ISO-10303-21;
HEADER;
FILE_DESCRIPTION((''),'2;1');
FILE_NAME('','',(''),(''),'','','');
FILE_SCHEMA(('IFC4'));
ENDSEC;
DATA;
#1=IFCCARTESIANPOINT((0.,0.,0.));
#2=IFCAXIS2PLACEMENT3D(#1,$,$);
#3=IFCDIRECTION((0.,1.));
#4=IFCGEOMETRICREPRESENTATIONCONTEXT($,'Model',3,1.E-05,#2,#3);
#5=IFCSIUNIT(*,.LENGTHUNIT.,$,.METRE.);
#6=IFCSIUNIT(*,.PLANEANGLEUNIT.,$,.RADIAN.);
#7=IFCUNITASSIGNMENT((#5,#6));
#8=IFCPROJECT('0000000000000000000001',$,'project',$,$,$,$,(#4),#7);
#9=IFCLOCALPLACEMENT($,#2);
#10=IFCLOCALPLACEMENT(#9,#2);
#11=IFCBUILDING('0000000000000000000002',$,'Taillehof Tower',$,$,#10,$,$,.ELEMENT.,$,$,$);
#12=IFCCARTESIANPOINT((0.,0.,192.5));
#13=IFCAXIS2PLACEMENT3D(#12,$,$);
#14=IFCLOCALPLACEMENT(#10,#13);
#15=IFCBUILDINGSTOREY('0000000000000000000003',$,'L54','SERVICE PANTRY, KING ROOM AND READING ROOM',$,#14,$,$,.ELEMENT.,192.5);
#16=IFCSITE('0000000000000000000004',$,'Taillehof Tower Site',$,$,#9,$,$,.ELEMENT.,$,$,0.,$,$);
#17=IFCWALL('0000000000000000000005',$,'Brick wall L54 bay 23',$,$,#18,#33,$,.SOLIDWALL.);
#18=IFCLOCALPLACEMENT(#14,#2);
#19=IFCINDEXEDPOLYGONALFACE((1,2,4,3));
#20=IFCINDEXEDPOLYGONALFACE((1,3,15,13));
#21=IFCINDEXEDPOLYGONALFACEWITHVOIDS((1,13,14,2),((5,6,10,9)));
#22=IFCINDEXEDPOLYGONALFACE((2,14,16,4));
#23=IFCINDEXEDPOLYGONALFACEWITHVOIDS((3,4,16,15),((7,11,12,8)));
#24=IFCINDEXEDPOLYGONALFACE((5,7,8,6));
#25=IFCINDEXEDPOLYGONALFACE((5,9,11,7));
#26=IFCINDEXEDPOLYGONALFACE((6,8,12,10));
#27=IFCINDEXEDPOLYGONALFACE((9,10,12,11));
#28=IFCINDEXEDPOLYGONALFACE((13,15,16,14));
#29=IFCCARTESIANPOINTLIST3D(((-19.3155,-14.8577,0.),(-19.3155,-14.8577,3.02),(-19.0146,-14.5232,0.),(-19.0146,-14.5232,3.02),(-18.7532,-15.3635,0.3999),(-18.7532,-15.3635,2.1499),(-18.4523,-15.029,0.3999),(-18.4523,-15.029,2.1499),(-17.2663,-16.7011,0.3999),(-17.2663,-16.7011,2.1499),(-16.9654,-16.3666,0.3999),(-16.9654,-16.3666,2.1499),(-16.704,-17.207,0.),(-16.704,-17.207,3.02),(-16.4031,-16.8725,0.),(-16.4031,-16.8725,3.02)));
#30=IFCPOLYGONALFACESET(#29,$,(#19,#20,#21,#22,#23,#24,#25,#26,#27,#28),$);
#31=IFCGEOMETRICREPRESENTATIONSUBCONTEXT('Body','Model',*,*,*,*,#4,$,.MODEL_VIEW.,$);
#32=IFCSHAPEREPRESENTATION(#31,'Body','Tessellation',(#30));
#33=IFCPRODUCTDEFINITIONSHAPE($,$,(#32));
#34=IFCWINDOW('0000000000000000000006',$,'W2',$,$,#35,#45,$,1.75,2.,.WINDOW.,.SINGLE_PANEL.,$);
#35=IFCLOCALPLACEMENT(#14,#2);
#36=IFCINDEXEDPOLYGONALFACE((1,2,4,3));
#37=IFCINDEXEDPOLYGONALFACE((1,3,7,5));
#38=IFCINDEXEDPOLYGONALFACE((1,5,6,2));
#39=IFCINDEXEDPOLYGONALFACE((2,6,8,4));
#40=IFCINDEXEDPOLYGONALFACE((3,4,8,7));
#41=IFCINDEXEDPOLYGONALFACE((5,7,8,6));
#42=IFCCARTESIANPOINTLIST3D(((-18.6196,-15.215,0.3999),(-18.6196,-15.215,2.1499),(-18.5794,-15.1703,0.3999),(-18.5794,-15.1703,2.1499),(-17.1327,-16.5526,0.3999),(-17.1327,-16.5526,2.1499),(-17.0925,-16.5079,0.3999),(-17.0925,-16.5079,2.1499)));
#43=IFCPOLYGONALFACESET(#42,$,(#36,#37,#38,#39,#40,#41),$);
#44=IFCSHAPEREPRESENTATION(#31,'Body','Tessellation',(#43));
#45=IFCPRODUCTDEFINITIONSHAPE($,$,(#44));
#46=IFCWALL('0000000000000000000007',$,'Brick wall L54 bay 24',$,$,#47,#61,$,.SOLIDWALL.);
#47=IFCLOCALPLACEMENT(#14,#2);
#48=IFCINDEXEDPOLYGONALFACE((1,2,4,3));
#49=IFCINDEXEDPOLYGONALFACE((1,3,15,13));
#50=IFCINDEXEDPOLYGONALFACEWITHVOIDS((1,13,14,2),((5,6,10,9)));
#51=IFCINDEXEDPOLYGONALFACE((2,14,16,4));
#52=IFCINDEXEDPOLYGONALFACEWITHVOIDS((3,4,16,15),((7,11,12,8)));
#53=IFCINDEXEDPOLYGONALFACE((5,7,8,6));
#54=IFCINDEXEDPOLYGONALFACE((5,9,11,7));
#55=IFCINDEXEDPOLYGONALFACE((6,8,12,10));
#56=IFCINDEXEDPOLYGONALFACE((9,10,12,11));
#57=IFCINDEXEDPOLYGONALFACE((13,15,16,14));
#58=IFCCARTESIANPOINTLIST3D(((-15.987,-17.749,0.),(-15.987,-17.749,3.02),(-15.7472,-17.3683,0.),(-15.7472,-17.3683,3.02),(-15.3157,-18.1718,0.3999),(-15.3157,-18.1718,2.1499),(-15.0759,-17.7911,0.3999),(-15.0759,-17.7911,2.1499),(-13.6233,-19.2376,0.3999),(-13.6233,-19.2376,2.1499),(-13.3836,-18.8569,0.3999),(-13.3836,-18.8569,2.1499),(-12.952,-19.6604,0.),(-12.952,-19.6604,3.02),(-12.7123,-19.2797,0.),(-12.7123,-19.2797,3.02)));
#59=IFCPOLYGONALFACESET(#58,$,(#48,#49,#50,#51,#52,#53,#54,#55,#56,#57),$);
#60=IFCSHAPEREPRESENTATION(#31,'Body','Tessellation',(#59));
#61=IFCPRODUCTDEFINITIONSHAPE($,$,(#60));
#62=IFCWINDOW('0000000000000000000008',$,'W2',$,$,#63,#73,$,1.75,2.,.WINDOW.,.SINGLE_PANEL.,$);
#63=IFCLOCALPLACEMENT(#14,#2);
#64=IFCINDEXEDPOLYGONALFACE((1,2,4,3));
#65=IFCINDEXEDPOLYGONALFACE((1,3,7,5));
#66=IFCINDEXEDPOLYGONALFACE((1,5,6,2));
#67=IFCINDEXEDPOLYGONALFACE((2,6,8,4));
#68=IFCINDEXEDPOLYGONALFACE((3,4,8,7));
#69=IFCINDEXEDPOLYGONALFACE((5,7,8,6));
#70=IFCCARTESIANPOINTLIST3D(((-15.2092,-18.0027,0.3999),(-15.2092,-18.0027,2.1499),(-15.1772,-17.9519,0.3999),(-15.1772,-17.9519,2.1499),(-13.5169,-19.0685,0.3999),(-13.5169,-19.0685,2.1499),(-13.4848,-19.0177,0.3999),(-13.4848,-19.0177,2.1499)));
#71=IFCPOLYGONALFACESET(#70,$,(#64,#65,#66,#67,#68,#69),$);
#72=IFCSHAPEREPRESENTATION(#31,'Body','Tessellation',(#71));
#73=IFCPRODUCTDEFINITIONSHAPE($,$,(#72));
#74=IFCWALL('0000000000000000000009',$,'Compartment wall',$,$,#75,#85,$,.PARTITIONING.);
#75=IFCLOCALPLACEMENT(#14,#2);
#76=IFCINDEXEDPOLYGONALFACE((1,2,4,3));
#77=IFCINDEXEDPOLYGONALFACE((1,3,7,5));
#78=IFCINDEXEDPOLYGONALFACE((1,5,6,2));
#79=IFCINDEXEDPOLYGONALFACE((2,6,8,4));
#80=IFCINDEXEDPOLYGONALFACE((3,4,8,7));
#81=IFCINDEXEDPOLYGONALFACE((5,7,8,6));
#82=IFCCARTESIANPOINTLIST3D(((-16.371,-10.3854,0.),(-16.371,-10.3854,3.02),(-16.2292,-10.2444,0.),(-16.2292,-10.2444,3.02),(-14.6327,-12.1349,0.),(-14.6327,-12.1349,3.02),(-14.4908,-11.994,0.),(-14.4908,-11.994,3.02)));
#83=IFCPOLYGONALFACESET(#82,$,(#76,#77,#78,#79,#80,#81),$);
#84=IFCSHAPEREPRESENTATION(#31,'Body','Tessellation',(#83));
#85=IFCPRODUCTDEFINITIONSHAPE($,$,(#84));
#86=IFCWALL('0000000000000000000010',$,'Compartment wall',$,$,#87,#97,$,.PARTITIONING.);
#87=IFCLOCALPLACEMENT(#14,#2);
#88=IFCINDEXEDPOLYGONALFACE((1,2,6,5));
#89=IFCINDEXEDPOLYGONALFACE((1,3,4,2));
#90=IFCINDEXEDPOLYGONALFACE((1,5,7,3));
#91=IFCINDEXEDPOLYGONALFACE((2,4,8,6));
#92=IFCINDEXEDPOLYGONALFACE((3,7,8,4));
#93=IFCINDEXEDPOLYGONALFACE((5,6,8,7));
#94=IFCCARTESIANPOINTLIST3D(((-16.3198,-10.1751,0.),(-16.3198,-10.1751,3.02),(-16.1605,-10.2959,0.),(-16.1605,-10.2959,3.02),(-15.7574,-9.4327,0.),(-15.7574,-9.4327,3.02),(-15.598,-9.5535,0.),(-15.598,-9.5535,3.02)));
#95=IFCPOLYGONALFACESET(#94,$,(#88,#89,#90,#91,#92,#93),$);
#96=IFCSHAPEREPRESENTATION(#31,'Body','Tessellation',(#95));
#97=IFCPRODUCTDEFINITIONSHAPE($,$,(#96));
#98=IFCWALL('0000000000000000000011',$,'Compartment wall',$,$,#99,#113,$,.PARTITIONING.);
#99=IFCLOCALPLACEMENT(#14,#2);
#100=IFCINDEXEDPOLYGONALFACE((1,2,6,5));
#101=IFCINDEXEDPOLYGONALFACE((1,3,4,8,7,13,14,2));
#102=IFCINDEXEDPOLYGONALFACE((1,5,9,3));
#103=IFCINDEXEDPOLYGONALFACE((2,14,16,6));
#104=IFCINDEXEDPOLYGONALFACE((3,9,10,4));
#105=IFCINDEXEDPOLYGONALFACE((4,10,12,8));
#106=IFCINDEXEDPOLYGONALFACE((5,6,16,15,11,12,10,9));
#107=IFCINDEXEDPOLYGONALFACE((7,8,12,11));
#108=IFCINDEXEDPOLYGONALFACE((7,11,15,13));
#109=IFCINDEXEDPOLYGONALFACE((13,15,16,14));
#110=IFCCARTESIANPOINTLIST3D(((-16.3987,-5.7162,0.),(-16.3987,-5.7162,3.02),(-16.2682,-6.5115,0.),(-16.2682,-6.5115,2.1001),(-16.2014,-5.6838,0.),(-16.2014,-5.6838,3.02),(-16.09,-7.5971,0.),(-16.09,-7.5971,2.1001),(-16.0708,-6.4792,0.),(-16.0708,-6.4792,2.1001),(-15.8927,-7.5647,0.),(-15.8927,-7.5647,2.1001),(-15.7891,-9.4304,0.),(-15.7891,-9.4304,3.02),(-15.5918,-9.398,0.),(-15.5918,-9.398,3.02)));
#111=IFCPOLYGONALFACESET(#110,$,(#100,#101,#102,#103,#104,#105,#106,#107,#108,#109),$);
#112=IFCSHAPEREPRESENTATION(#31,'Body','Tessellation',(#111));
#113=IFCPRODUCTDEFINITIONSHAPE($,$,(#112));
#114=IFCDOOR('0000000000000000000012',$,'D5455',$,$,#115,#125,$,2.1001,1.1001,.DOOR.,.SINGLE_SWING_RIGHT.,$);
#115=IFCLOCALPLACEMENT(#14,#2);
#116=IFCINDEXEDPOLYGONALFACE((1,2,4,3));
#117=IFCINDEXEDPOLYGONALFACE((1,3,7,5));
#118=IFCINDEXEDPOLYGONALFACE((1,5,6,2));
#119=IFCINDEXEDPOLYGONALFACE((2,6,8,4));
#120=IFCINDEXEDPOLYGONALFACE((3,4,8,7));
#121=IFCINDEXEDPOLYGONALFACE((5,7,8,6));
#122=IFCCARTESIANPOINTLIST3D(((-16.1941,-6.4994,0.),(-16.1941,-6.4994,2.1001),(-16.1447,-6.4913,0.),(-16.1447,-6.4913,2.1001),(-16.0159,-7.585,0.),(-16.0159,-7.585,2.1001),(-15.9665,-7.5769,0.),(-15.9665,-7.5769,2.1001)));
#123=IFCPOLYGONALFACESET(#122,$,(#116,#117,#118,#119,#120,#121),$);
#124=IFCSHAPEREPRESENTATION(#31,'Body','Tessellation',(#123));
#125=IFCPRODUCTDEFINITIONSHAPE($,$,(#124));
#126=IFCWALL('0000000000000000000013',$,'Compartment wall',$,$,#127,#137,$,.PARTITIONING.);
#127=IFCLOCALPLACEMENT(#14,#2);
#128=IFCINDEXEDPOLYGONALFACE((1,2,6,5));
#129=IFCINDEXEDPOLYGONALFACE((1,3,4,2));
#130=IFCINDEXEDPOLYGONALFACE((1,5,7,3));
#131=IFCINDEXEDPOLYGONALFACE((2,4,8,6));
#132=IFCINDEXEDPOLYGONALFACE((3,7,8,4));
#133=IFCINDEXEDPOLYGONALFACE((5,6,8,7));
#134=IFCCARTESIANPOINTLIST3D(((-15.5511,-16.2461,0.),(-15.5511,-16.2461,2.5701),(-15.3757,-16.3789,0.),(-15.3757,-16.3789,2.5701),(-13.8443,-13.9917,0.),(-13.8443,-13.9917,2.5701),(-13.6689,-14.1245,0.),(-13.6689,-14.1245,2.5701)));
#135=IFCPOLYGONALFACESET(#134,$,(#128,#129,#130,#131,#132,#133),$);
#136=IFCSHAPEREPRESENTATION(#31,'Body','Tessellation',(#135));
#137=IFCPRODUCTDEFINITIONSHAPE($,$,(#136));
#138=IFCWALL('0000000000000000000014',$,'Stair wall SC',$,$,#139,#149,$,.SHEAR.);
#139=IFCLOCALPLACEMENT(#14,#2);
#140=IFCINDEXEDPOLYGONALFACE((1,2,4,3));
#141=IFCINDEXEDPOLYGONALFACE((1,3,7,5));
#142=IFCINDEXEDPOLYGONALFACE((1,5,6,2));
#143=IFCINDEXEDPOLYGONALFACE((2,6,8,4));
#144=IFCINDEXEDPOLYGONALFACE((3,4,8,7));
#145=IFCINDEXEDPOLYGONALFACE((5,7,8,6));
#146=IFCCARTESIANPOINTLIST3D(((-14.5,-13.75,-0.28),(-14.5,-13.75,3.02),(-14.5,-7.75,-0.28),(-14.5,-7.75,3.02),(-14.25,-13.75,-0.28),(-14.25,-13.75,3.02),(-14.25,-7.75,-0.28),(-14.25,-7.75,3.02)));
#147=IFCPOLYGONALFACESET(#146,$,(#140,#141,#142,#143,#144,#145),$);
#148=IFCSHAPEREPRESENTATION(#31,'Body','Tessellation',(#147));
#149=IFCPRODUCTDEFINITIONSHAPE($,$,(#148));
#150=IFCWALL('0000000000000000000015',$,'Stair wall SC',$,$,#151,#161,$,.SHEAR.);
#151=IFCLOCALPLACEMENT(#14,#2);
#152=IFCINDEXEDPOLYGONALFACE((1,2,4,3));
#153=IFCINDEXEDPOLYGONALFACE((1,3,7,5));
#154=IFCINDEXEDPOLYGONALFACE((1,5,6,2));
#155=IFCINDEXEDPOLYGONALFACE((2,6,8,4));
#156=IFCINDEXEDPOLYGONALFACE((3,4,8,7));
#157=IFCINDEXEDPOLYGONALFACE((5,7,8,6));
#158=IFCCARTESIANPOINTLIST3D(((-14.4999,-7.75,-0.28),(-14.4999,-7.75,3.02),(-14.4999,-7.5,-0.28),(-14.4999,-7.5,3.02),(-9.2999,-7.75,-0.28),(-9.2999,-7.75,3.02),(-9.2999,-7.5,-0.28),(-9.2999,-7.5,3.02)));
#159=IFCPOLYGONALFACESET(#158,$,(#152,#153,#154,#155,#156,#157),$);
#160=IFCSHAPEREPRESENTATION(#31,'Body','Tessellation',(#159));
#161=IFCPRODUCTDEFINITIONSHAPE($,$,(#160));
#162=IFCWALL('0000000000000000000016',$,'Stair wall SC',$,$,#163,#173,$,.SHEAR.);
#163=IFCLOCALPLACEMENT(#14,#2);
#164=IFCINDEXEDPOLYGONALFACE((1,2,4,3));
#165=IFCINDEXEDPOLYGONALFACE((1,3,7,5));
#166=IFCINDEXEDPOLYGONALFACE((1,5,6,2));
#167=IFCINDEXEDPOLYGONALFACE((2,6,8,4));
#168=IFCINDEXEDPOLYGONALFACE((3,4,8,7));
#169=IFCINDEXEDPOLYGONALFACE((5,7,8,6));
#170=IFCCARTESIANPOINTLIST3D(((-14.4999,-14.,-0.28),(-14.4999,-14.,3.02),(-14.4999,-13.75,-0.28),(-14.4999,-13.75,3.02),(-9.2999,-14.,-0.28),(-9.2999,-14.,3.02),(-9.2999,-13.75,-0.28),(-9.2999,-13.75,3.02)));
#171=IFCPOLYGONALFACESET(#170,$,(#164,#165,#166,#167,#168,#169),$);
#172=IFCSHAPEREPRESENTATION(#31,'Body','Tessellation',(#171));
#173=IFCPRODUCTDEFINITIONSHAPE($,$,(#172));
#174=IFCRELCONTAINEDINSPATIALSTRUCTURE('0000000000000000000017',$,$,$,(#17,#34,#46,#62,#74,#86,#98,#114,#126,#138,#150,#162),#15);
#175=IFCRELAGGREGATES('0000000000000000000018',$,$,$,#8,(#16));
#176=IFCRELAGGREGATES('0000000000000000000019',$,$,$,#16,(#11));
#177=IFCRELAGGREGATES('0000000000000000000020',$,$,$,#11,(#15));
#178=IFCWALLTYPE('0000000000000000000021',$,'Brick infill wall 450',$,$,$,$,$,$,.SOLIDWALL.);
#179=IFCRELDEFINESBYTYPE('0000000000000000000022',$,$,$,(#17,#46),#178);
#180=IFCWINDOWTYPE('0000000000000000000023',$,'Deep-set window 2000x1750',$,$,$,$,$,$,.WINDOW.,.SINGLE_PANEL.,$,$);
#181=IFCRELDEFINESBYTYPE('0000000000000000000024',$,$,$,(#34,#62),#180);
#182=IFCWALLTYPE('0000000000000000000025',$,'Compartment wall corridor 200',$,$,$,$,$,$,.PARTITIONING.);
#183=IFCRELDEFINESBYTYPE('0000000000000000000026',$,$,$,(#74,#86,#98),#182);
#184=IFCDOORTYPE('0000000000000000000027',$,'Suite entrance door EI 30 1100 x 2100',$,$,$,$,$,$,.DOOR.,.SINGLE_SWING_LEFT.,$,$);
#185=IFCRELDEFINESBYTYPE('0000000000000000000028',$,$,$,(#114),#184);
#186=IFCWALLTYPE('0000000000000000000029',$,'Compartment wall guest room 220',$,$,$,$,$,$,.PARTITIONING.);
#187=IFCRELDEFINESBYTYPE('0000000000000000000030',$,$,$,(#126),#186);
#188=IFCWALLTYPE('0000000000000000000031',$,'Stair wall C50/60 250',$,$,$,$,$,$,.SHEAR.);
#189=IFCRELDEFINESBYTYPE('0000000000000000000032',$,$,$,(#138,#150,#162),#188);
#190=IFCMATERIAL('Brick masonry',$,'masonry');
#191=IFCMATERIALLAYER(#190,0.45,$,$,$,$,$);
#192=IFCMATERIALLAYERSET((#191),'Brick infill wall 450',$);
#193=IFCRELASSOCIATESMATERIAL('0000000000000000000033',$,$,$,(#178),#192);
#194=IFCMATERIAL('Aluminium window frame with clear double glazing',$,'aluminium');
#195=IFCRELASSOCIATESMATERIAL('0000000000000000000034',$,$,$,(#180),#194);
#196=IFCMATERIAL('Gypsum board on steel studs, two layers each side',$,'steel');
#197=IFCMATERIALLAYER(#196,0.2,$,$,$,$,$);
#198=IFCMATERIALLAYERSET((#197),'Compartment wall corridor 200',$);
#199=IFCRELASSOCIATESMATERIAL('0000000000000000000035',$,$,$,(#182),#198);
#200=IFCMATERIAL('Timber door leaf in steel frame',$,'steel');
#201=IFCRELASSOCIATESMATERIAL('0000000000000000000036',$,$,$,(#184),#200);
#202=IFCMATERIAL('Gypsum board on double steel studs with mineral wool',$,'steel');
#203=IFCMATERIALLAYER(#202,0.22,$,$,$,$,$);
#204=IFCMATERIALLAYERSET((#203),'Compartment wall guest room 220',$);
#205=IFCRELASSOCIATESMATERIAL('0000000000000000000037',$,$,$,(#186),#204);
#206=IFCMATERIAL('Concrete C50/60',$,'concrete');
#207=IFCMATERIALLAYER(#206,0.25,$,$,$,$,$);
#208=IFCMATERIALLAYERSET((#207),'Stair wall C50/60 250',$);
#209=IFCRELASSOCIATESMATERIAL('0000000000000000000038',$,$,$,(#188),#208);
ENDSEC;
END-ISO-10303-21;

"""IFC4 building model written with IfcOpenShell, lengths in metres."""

from ifc_helpers import new_model, si_unit, direction, frame, frame_2d, origin, place, context, subcontext, project, spatial, rectangle, extrude, material, layer, layer_set, type_object, element, fill, save


model = new_model("IFC4")

# Units and contexts
model_context = context("Model", 3, precision=1e-05, world=origin(), true_north=direction((0.0, 1.0)))
body_context = subcontext(model_context, "Body", "Model", "MODEL_VIEW")
ifc_project = project(units=[si_unit("LENGTHUNIT", "METRE"), si_unit("PLANEANGLEUNIT", "RADIAN")], contexts=[model_context])

# Site, building, storey
site_placement = place(None, origin())
site = spatial("IfcSite", under=ifc_project, at=site_placement, Name="Taillehof Tower Site", CompositionType="ELEMENT", RefElevation=0.0)
building_placement = place(site_placement, origin())
building = spatial("IfcBuilding", under=site, at=building_placement, Name="Taillehof Tower", CompositionType="ELEMENT")
storey_placement = place(building_placement, frame((0.0, 0.0, 192.5)))
storey = spatial("IfcBuildingStorey", under=building, at=storey_placement, Name="L54", Description="SERVICE PANTRY, KING ROOM AND READING ROOM", CompositionType="ELEMENT", Elevation=192.5)

# Walls, openings, windows
ifc_material_1 = material(Name="Brick masonry", Category="masonry")
ifc_layer_1 = layer(ifc_material_1, 0.45)
ifc_layer_set_1 = layer_set([ifc_layer_1], Name="Brick infill wall 450")
wall_type_1 = type_object("IfcWallType", Name="Brick infill wall 450", PredefinedType="SOLIDWALL", material=ifc_layer_set_1)
ifc_material_2 = material(Name="Aluminium window frame with clear double glazing", Category="aluminium")
window_type = type_object("IfcWindowType", Name="Deep-set window 2000x1750", PartitioningType="SINGLE_PANEL", PredefinedType="WINDOW", material=ifc_material_2)
wall_1_placement = place(storey_placement, frame((-19.165, -14.6904, 0.0), z_axis=(0.0, 0.0, 1.0), x_axis=(0.743443, -0.6688, 0.0)))
wall_1 = element("IfcWall", 1, at=wall_1_placement, inside=storey, type_object=wall_type_1, Name="Brick wall L54 bay 23", PredefinedType="SOLIDWALL", context=body_context, shape_type="SweptSolid", body=[
    extrude(rectangle(XDim=3.5127, YDim=0.45, at=frame_2d((1.7563, 0.0))), origin(), (0.0, 0.0, 1.0), 3.02),
])
opening_1_placement = place(wall_1_placement, frame((0.7563, 0.0, 0.3999)))
opening_1 = element("IfcOpeningElement", 2, at=opening_1_placement, cuts=wall_1, PredefinedType="OPENING", context=body_context, shape_type="SweptSolid", body=[
    extrude(rectangle(XDim=2.0, YDim=1.75, at=frame_2d((1.0, 0.875))), frame((0.0, 0.2349, 0.0), z_axis=(0.0, -1.0, 0.0), x_axis=(1.0, 0.0, 0.0)), (0.0, 0.0, 1.0), 0.47),
])
window_1_placement = place(opening_1_placement, origin())
window_1 = element("IfcWindow", 3, at=window_1_placement, inside=storey, type_object=window_type, Name="W2", OverallHeight=1.75, OverallWidth=2.0, PartitioningType="SINGLE_PANEL", PredefinedType="WINDOW", context=body_context, shape_type="SweptSolid", body=[
    extrude(rectangle(XDim=2.0, YDim=1.75, at=frame_2d((1.0, 0.875))), frame((0.0, 0.0349, 0.0), z_axis=(0.0, -1.0, 0.0), x_axis=(1.0, 0.0, 0.0)), (0.0, 0.0, 1.0), 0.0601),
])
fill(opening_1, window_1)
wall_2_placement = place(storey_placement, frame((-15.8672, -17.5586, 0.0), z_axis=(0.0, 0.0, 1.0), x_axis=(0.846169, -0.532914, 0.0)))
wall_2 = element("IfcWall", 4, at=wall_2_placement, inside=storey, type_object=wall_type_1, Name="Brick wall L54 bay 24", PredefinedType="SOLIDWALL", context=body_context, shape_type="SweptSolid", body=[
    extrude(rectangle(XDim=3.5867, YDim=0.45, at=frame_2d((1.7935, 0.0))), origin(), (0.0, 0.0, 1.0), 3.02),
])
opening_2_placement = place(wall_2_placement, frame((0.7935, 0.0, 0.3999)))
opening_2 = element("IfcOpeningElement", 5, at=opening_2_placement, cuts=wall_2, PredefinedType="OPENING", context=body_context, shape_type="SweptSolid", body=[
    extrude(rectangle(XDim=2.0, YDim=1.75, at=frame_2d((1.0, 0.875))), frame((0.0, 0.2349, 0.0), z_axis=(0.0, -1.0, 0.0), x_axis=(1.0, 0.0, 0.0)), (0.0, 0.0, 1.0), 0.47),
])
window_2_placement = place(opening_2_placement, origin())
window_2 = element("IfcWindow", 6, at=window_2_placement, inside=storey, type_object=window_type, Name="W2", OverallHeight=1.75, OverallWidth=2.0, PartitioningType="SINGLE_PANEL", PredefinedType="WINDOW", context=body_context, shape_type="SweptSolid", body=[
    extrude(rectangle(XDim=2.0, YDim=1.75, at=frame_2d((1.0, 0.875))), frame((0.0, 0.0349, 0.0), z_axis=(0.0, -1.0, 0.0), x_axis=(1.0, 0.0, 0.0)), (0.0, 0.0, 1.0), 0.0601),
])
fill(opening_2, window_2)

# Walls
ifc_material_3 = material(Name="Gypsum board on steel studs, two layers each side", Category="steel")
ifc_layer_2 = layer(ifc_material_3, 0.2)
ifc_layer_set_2 = layer_set([ifc_layer_2], Name="Compartment wall corridor 200")
wall_type_2 = type_object("IfcWallType", Name="Compartment wall corridor 200", PredefinedType="PARTITIONING", material=ifc_layer_set_2)
wall_3_placement = place(storey_placement, frame((-14.5618, -12.0645, 0.0), z_axis=(0.0, 0.0, 1.0), x_axis=(-0.704826, 0.70938, 0.0)))
element("IfcWall", 7, at=wall_3_placement, inside=storey, type_object=wall_type_2, Name="Compartment wall", PredefinedType="PARTITIONING", context=body_context, shape_type="SweptSolid", body=[
    extrude(rectangle(XDim=2.4663, YDim=0.2, at=frame_2d((1.2332, 0.0))), origin(), (0.0, 0.0, 1.0), 3.02),
])
wall_4_placement = place(storey_placement, frame((-16.2402, -10.2356, 0.0), z_axis=(0.0, 0.0, 1.0), x_axis=(0.603893, 0.797065, 0.0)))
element("IfcWall", 8, at=wall_4_placement, inside=storey, type_object=wall_type_2, Name="Compartment wall", PredefinedType="PARTITIONING", context=body_context, shape_type="SweptSolid", body=[
    extrude(rectangle(XDim=0.9314, YDim=0.2, at=frame_2d((0.4658, 0.0))), origin(), (0.0, 0.0, 1.0), 3.02),
])

# Wall, opening, door
wall_5_placement = place(storey_placement, frame((-15.6904, -9.4141, 0.0), z_axis=(0.0, 0.0, 1.0), x_axis=(-0.161969, 0.986796, 0.0)))
wall_5 = element("IfcWall", 9, at=wall_5_placement, inside=storey, type_object=wall_type_2, Name="Compartment wall", PredefinedType="PARTITIONING", context=body_context, shape_type="SweptSolid", body=[
    extrude(rectangle(XDim=3.7639, YDim=0.2, at=frame_2d((1.8818, 0.0))), origin(), (0.0, 0.0, 1.0), 3.02),
])
opening_3_placement = place(wall_5_placement, frame((1.8577, 0.0, 0.0)))
opening_3 = element("IfcOpeningElement", 10, at=opening_3_placement, cuts=wall_5, PredefinedType="OPENING", context=body_context, shape_type="SweptSolid", body=[
    extrude(rectangle(XDim=1.1001, YDim=2.1001, at=frame_2d((0.55, 1.05))), frame((0.0, 0.1099, 0.0), z_axis=(0.0, -1.0, 0.0), x_axis=(1.0, 0.0, 0.0)), (0.0, 0.0, 1.0), 0.22),
])
ifc_material_4 = material(Name="Timber door leaf in steel frame", Category="steel")
door_type = type_object("IfcDoorType", Name="Suite entrance door EI 30 1100 x 2100", OperationType="SINGLE_SWING_LEFT", PredefinedType="DOOR", material=ifc_material_4)
door_placement = place(opening_3_placement, origin())
door = element("IfcDoor", 11, at=door_placement, inside=storey, type_object=door_type, Name="D5455", OperationType="SINGLE_SWING_RIGHT", OverallHeight=2.1001, OverallWidth=1.1001, PredefinedType="DOOR", context=body_context, shape_type="SweptSolid", body=[
    extrude(rectangle(XDim=1.1001, YDim=2.1001, at=frame_2d((0.55, 1.05))), frame((0.0, 0.0249, 0.0), z_axis=(0.0, -1.0, 0.0), x_axis=(1.0, 0.0, 0.0)), (0.0, 0.0, 1.0), 0.05),
])
fill(opening_3, door)

# Walls
ifc_material_5 = material(Name="Gypsum board on double steel studs with mineral wool", Category="steel")
ifc_layer_3 = layer(ifc_material_5, 0.22)
ifc_layer_set_3 = layer_set([ifc_layer_3], Name="Compartment wall guest room 220")
wall_type_3 = type_object("IfcWallType", Name="Compartment wall guest room 220", PredefinedType="PARTITIONING", material=ifc_layer_set_3)
wall_6_placement = place(storey_placement, frame((-15.4634, -16.3125, 0.0), z_axis=(0.0, 0.0, 1.0), x_axis=(0.603613, 0.797277, 0.0)))
element("IfcWall", 12, at=wall_6_placement, inside=storey, type_object=wall_type_3, Name="Compartment wall", PredefinedType="PARTITIONING", context=body_context, shape_type="SweptSolid", body=[
    extrude(rectangle(XDim=2.8276, YDim=0.22, at=frame_2d((1.4138, 0.0))), origin(), (0.0, 0.0, 1.0), 2.5701),
])
ifc_material_6 = material(Name="Concrete C50/60", Category="concrete")
ifc_layer_4 = layer(ifc_material_6, 0.25)
ifc_layer_set_4 = layer_set([ifc_layer_4], Name="Stair wall C50/60 250")
wall_type_4 = type_object("IfcWallType", Name="Stair wall C50/60 250", PredefinedType="SHEAR", material=ifc_layer_set_4)
wall_7_placement = place(storey_placement, frame((-14.375, -13.75, -0.28), z_axis=(0.0, 0.0, 1.0), x_axis=(0.0, 1.0, 0.0)))
element("IfcWall", 13, at=wall_7_placement, inside=storey, type_object=wall_type_4, Name="Stair wall SC", PredefinedType="SHEAR", context=body_context, shape_type="SweptSolid", body=[
    extrude(rectangle(XDim=6.0, YDim=0.25, at=frame_2d((3.0, 0.0))), origin(), (0.0, 0.0, 1.0), 3.3),
])
for number, where, z_axis, x_axis, name in (
    (14, (-14.5, -7.625, -0.28), (0.0, 0.0, 1.0), (1.0, 0.0, 0.0), "Stair wall SC"),
    (15, (-14.5, -13.875, -0.28), (0.0, 0.0, 1.0), (1.0, 0.0, 0.0), "Stair wall SC"),
):
    element("IfcWall", number, at=place(storey_placement, frame(where, z_axis=z_axis, x_axis=x_axis)), inside=storey, type_object=wall_type_4, Name=name, PredefinedType="SHEAR", context=body_context, shape_type="SweptSolid", body=[
        extrude(rectangle(XDim=5.2, YDim=0.25, at=frame_2d((2.6001, 0.0))), origin(), (0.0, 0.0, 1.0), 3.3),
    ])

save(model, "model.ifc")
